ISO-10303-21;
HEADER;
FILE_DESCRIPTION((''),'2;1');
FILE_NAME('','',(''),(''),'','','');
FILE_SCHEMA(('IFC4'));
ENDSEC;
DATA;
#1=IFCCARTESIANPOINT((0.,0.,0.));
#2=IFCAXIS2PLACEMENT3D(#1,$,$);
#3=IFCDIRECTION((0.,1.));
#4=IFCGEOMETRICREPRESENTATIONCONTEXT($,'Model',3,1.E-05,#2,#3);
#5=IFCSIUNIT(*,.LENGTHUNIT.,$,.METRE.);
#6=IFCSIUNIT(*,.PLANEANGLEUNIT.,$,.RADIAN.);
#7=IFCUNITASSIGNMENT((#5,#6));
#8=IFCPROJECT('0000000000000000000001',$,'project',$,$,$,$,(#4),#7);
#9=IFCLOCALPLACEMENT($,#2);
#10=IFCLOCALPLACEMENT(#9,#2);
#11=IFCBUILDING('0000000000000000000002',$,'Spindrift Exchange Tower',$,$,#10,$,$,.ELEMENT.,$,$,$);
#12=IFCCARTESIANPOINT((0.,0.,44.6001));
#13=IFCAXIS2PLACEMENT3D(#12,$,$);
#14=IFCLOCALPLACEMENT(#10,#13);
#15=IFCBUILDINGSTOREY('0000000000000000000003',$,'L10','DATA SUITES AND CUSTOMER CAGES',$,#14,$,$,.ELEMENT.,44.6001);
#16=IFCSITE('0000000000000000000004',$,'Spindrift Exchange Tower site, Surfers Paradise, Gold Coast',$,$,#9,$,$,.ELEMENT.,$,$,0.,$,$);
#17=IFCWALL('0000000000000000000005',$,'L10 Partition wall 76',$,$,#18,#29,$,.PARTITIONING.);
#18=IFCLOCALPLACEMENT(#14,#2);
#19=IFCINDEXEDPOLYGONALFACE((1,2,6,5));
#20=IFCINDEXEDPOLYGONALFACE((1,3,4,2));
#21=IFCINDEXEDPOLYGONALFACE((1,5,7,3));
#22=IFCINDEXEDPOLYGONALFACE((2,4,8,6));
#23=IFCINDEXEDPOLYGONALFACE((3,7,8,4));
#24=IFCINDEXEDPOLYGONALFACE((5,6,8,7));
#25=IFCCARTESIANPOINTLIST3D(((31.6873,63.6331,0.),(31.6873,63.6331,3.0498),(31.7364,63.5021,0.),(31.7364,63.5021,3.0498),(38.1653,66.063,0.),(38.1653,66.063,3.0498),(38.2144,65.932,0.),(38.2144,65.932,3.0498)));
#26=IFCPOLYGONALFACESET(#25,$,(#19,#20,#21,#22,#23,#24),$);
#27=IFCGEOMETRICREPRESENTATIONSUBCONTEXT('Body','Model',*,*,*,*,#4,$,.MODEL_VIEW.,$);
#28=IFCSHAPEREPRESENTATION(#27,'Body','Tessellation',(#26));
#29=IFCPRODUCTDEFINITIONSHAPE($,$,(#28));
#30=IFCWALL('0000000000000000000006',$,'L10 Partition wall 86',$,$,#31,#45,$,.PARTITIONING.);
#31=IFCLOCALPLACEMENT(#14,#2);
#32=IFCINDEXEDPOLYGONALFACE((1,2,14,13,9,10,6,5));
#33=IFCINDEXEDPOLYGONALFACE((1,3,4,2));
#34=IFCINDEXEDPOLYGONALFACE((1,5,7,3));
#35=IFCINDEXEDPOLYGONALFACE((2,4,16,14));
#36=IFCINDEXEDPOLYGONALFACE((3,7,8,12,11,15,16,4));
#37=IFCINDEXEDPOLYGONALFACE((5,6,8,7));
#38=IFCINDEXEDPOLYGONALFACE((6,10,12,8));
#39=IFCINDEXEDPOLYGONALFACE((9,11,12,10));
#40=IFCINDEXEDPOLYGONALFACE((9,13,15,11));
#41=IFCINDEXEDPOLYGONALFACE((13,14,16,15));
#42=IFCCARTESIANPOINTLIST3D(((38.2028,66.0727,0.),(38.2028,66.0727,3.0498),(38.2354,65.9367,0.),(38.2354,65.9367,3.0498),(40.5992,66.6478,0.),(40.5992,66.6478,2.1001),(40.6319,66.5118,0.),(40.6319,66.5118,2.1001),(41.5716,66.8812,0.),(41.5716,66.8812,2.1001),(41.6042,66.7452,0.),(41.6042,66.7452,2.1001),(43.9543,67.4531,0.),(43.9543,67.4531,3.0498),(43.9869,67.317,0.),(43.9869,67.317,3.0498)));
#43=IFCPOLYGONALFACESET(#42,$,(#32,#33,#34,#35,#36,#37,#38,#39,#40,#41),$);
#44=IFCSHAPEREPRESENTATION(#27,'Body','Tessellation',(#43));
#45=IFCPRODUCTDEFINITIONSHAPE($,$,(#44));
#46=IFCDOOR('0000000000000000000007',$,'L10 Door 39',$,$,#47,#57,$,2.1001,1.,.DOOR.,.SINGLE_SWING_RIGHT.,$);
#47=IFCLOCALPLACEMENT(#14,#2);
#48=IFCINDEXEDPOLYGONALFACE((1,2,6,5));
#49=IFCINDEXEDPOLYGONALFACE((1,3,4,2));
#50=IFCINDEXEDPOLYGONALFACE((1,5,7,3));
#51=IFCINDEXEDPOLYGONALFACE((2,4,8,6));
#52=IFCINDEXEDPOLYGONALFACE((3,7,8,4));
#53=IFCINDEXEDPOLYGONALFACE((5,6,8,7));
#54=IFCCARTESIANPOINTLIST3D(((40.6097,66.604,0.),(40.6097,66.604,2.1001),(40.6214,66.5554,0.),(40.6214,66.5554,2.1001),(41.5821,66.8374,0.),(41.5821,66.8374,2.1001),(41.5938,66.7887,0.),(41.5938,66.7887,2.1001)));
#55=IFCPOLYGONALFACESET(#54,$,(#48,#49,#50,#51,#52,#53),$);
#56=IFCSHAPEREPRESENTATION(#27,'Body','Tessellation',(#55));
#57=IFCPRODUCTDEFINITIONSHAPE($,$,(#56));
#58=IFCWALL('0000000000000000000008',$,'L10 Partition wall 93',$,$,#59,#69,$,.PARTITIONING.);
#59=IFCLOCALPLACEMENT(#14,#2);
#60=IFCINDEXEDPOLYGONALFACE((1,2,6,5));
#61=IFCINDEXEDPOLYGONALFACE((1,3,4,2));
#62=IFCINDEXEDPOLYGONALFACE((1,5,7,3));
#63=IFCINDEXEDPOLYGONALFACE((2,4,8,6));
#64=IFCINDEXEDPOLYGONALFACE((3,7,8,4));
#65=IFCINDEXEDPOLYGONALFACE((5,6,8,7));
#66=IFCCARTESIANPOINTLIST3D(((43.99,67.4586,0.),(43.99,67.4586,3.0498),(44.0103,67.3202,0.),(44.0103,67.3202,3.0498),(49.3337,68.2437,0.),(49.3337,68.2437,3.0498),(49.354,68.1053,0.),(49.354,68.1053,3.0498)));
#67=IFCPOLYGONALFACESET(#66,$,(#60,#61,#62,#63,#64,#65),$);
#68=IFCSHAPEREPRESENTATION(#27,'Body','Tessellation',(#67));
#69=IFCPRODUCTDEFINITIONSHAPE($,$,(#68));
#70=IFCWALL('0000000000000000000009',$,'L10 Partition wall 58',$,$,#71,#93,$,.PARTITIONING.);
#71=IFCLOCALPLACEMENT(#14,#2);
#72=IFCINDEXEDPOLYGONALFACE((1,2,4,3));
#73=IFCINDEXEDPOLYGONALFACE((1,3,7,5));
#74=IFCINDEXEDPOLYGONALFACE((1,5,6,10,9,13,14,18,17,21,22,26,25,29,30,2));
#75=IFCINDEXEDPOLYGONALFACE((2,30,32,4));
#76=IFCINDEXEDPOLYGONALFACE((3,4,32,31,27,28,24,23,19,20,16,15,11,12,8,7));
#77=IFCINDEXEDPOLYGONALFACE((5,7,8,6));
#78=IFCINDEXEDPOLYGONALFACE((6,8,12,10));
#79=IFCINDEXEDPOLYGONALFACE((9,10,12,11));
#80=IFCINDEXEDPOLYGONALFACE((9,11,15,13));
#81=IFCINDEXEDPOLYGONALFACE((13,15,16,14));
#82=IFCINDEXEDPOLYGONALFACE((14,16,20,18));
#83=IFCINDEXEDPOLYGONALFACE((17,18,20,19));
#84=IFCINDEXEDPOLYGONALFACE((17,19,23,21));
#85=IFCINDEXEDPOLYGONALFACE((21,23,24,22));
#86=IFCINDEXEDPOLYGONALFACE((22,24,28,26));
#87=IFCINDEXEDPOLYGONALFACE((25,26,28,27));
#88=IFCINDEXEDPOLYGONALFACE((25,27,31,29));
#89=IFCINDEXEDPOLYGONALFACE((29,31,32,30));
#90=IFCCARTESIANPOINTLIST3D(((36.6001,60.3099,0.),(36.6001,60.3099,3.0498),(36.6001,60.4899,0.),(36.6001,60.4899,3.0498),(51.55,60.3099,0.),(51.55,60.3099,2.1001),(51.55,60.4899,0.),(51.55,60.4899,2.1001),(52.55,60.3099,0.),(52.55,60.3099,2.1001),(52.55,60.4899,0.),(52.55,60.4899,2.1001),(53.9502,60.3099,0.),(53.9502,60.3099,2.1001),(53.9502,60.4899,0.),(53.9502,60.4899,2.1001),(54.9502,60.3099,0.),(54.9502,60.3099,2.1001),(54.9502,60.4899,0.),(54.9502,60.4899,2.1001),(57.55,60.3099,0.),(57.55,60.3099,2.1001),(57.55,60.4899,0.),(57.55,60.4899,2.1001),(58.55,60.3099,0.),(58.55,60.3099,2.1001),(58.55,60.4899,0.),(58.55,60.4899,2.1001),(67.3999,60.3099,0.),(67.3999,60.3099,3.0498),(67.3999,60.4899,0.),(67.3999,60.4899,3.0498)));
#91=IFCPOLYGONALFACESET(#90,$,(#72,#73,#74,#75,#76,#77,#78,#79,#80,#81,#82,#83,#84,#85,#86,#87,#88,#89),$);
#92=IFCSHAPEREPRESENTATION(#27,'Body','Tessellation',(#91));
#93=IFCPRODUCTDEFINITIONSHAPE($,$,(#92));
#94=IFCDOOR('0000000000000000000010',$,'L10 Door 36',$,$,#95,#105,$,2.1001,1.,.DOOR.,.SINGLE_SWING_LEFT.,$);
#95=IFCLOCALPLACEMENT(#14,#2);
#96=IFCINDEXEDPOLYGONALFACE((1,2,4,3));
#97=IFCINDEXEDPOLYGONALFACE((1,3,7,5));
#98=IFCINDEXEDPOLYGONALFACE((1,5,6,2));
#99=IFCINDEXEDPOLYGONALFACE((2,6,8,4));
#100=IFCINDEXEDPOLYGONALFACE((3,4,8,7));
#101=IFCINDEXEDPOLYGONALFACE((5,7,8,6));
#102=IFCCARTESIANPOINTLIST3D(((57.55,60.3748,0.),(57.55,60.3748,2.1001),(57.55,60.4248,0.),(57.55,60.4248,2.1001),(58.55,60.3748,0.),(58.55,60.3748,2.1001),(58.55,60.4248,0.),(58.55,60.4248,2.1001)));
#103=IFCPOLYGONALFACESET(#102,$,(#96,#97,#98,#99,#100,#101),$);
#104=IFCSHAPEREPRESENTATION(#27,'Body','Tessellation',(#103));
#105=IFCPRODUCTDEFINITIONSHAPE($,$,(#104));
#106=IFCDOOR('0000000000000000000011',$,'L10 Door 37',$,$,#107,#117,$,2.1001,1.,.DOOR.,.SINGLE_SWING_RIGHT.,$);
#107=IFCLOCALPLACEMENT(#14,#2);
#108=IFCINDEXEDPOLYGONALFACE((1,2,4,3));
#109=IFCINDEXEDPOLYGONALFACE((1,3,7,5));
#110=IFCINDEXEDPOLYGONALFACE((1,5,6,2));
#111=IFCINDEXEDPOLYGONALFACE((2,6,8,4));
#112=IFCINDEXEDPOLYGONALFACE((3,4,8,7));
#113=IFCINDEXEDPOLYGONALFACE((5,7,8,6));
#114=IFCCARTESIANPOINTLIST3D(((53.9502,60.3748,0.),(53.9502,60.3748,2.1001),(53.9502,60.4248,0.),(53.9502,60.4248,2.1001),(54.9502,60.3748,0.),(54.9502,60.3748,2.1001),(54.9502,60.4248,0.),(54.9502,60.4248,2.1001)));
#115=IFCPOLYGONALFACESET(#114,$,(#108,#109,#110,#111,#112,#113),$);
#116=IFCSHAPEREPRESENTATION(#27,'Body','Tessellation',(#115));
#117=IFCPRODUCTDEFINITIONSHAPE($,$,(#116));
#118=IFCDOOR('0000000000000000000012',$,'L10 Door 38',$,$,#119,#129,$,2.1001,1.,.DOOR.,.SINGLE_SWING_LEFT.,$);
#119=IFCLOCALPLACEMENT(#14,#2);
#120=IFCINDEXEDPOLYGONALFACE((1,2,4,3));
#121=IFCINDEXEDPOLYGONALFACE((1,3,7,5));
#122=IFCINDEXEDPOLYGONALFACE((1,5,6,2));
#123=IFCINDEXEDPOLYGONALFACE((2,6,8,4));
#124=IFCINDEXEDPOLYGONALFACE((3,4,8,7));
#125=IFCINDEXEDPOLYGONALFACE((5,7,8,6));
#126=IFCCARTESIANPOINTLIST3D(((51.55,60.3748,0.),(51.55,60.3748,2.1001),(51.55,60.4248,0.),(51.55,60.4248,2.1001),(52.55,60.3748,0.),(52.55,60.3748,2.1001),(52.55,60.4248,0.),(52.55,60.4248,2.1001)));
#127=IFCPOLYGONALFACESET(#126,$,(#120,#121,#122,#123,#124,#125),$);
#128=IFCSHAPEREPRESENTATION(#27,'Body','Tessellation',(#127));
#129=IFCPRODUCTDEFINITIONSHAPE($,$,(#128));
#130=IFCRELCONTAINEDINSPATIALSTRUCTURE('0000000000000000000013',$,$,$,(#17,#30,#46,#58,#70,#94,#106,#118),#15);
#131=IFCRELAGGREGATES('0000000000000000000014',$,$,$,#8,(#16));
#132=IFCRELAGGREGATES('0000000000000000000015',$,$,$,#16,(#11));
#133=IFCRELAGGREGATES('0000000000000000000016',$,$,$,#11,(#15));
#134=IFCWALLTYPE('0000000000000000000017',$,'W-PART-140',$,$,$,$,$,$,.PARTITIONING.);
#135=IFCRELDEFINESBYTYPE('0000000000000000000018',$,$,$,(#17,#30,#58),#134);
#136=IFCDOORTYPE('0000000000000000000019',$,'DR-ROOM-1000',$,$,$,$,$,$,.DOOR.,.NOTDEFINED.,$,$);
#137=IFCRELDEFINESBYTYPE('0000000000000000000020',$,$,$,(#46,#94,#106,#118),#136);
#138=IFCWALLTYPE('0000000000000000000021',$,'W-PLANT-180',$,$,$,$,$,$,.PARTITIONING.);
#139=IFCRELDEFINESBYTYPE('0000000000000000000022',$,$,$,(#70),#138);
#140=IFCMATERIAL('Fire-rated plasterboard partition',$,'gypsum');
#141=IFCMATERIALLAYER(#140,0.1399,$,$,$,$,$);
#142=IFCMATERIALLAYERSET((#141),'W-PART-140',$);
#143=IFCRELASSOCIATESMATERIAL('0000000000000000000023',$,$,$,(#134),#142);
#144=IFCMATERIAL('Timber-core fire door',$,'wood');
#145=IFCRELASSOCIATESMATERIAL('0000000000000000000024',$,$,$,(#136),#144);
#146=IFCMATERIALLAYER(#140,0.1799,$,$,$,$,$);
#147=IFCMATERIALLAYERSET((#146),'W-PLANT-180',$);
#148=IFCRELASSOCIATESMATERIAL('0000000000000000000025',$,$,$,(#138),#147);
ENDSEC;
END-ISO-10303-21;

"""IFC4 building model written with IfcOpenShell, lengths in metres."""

from ifc_helpers import new_model, si_unit, direction, frame, frame_2d, origin, place, context, subcontext, project, spatial, rectangle, extrude, source, transform, mapped, material, layer, layer_set, type_object, element, fill, save


model = new_model("IFC4")

# Units and contexts
model_context = context("Model", 3, precision=1e-05, world=origin(), true_north=direction((0.0, 1.0)))
body_context = subcontext(model_context, "Body", "Model", "MODEL_VIEW")
ifc_project = project(units=[si_unit("LENGTHUNIT", "METRE"), si_unit("PLANEANGLEUNIT", "RADIAN")], contexts=[model_context])

# Site, building, storey
site_placement = place(None, origin())
site = spatial("IfcSite", under=ifc_project, at=site_placement, Name="Spindrift Exchange Tower site, Surfers Paradise, Gold Coast", CompositionType="ELEMENT", RefElevation=0.0)
building_placement = place(site_placement, origin())
building = spatial("IfcBuilding", under=site, at=building_placement, Name="Spindrift Exchange Tower", CompositionType="ELEMENT")
storey_placement = place(building_placement, frame((0.0, 0.0, 44.6001)))
storey = spatial("IfcBuildingStorey", under=building, at=storey_placement, Name="L10", Description="DATA SUITES AND CUSTOMER CAGES", CompositionType="ELEMENT", Elevation=44.6001)

# Shared definitions
ifc_material_1 = material(Name="Timber-core fire door", Category="wood")

# Wall
ifc_material_2 = material(Name="Fire-rated plasterboard partition", Category="gypsum")
ifc_layer_1 = layer(ifc_material_2, 0.1399)
ifc_layer_set_1 = layer_set([ifc_layer_1], Name="W-PART-140")
wall_type_1 = type_object("IfcWallType", Name="W-PART-140", PredefinedType="PARTITIONING", material=ifc_layer_set_1)
wall_1_placement = place(storey_placement, frame((38.1899, 65.9976, 0.0), z_axis=(0.0, 0.0, 1.0), x_axis=(-0.936297, -0.351209, 0.0)))
element("IfcWall", 1, at=wall_1_placement, inside=storey, type_object=wall_type_1, Name="L10 Partition wall 76", PredefinedType="PARTITIONING", context=body_context, shape_type="SweptSolid", body=[
    extrude(rectangle(XDim=6.9187, YDim=0.1399, at=frame_2d((3.4595, 0.0))), origin(), (0.0, 0.0, 1.0), 3.0498),
])

# Wall, opening, door
wall_2_placement = place(storey_placement, frame((38.219, 66.0046, 0.0), z_axis=(0.0, 0.0, 1.0), x_axis=(0.972387, 0.233376, 0.0)))
wall_2 = element("IfcWall", 2, at=wall_2_placement, inside=storey, type_object=wall_type_1, Name="L10 Partition wall 86", PredefinedType="PARTITIONING", context=body_context, shape_type="SweptSolid", body=[
    extrude(rectangle(XDim=5.9148, YDim=0.1399, at=frame_2d((2.9575, 0.0))), origin(), (0.0, 0.0, 1.0), 3.0498),
])
opening_1_placement = place(wall_2_placement, frame((2.4646, 0.0, 0.0)))
opening_1 = element("IfcOpeningElement", 3, at=opening_1_placement, cuts=wall_2, PredefinedType="OPENING", context=body_context, shape_type="SweptSolid", body=[
    extrude(rectangle(XDim=1.0, YDim=2.1001, at=frame_2d((0.5, 1.05))), frame((0.0, 0.0798, 0.0), z_axis=(0.0, -1.0, 0.0), x_axis=(1.0, 0.0, 0.0)), (0.0, 0.0, 1.0), 0.1599),
])
door_type_1 = type_object("IfcDoorType", Name="DR-ROOM-1000", OperationType="NOTDEFINED", PredefinedType="DOOR", material=ifc_material_1)
shared_shape_1 = source(origin(), body_context, "Body", "SweptSolid", [
    extrude(rectangle(XDim=1.0, YDim=2.1001, at=frame_2d((0.5, 1.05))), frame((0.0, 0.0249, 0.0), z_axis=(0.0, -1.0, 0.0), x_axis=(1.0, 0.0, 0.0)), (0.0, 0.0, 1.0), 0.05),
])
door_1_placement = place(opening_1_placement, origin())
door_1 = element("IfcDoor", 4, at=door_1_placement, inside=storey, type_object=door_type_1, Name="L10 Door 39", OperationType="SINGLE_SWING_RIGHT", OverallHeight=2.1001, OverallWidth=1.0, PredefinedType="DOOR", context=body_context, shape_type="MappedRepresentation", body=[
    mapped(shared_shape_1, transform((0.0, 0.0, 0.0), scale=1.0)),
])
fill(opening_1, door_1)

# Wall
wall_3_placement = place(storey_placement, frame((49.344, 68.1746, 0.0), z_axis=(0.0, 0.0, 1.0), x_axis=(-0.989377, -0.145369, 0.0)))
element("IfcWall", 5, at=wall_3_placement, inside=storey, type_object=wall_type_1, Name="L10 Partition wall 93", PredefinedType="PARTITIONING", context=body_context, shape_type="SweptSolid", body=[
    extrude(rectangle(XDim=5.4011, YDim=0.1399, at=frame_2d((2.7007, 0.0))), origin(), (0.0, 0.0, 1.0), 3.0498),
])

# Wall, openings, doors
ifc_layer_2 = layer(ifc_material_2, 0.1799)
ifc_layer_set_2 = layer_set([ifc_layer_2], Name="W-PLANT-180")
wall_type_2 = type_object("IfcWallType", Name="W-PLANT-180", PredefinedType="PARTITIONING", material=ifc_layer_set_2)
wall_4_placement = place(storey_placement, frame((36.6001, 60.3999, 0.0), z_axis=(0.0, 0.0, 1.0), x_axis=(1.0, 0.0, 0.0)))
wall_4 = element("IfcWall", 6, at=wall_4_placement, inside=storey, type_object=wall_type_2, Name="L10 Partition wall 58", PredefinedType="PARTITIONING", context=body_context, shape_type="SweptSolid", body=[
    extrude(rectangle(XDim=30.7998, YDim=0.1799, at=frame_2d((15.3999, 0.0))), origin(), (0.0, 0.0, 1.0), 3.0498),
])
opening_2_placement = place(wall_4_placement, frame((20.95, 0.0, 0.0)))
opening_2 = element("IfcOpeningElement", 7, at=opening_2_placement, cuts=wall_4, PredefinedType="OPENING", context=body_context, shape_type="SweptSolid", body=[
    extrude(rectangle(XDim=1.0, YDim=2.1001, at=frame_2d((0.5, 1.05))), frame((0.0, 0.0999, 0.0), z_axis=(0.0, -1.0, 0.0), x_axis=(1.0, 0.0, 0.0)), (0.0, 0.0, 1.0), 0.2),
])
opening_3_placement = place(wall_4_placement, frame((17.3501, 0.0, 0.0)))
opening_3 = element("IfcOpeningElement", 8, at=opening_3_placement, cuts=wall_4, PredefinedType="OPENING", context=body_context, shape_type="SweptSolid", body=[
    extrude(rectangle(XDim=1.0, YDim=2.1001, at=frame_2d((0.5, 1.05))), frame((0.0, 0.0999, 0.0), z_axis=(0.0, -1.0, 0.0), x_axis=(1.0, 0.0, 0.0)), (0.0, 0.0, 1.0), 0.2),
])
opening_4_placement = place(wall_4_placement, frame((14.95, 0.0, 0.0)))
opening_4 = element("IfcOpeningElement", 9, at=opening_4_placement, cuts=wall_4, PredefinedType="OPENING", context=body_context, shape_type="SweptSolid", body=[
    extrude(rectangle(XDim=1.0, YDim=2.1001, at=frame_2d((0.5, 1.05))), frame((0.0, 0.0999, 0.0), z_axis=(0.0, -1.0, 0.0), x_axis=(1.0, 0.0, 0.0)), (0.0, 0.0, 1.0), 0.2),
])
door_2_placement = place(opening_2_placement, origin())
door_2 = element("IfcDoor", 10, at=door_2_placement, inside=storey, type_object=door_type_1, Name="L10 Door 36", OperationType="SINGLE_SWING_LEFT", OverallHeight=2.1001, OverallWidth=1.0, PredefinedType="DOOR", context=body_context, shape_type="MappedRepresentation", body=[
    mapped(shared_shape_1, transform((0.0, 0.0, 0.0), scale=1.0)),
])
fill(opening_2, door_2)
door_3_placement = place(opening_3_placement, origin())
door_3 = element("IfcDoor", 11, at=door_3_placement, inside=storey, type_object=door_type_1, Name="L10 Door 37", OperationType="SINGLE_SWING_RIGHT", OverallHeight=2.1001, OverallWidth=1.0, PredefinedType="DOOR", context=body_context, shape_type="MappedRepresentation", body=[
    mapped(shared_shape_1, transform((0.0, 0.0, 0.0), scale=1.0)),
])
fill(opening_3, door_3)
door_4_placement = place(opening_4_placement, origin())
door_4 = element("IfcDoor", 12, at=door_4_placement, inside=storey, type_object=door_type_1, Name="L10 Door 38", OperationType="SINGLE_SWING_LEFT", OverallHeight=2.1001, OverallWidth=1.0, PredefinedType="DOOR", context=body_context, shape_type="MappedRepresentation", body=[
    mapped(shared_shape_1, transform((0.0, 0.0, 0.0), scale=1.0)),
])
fill(opening_4, door_4)

save(model, "model.ifc")
